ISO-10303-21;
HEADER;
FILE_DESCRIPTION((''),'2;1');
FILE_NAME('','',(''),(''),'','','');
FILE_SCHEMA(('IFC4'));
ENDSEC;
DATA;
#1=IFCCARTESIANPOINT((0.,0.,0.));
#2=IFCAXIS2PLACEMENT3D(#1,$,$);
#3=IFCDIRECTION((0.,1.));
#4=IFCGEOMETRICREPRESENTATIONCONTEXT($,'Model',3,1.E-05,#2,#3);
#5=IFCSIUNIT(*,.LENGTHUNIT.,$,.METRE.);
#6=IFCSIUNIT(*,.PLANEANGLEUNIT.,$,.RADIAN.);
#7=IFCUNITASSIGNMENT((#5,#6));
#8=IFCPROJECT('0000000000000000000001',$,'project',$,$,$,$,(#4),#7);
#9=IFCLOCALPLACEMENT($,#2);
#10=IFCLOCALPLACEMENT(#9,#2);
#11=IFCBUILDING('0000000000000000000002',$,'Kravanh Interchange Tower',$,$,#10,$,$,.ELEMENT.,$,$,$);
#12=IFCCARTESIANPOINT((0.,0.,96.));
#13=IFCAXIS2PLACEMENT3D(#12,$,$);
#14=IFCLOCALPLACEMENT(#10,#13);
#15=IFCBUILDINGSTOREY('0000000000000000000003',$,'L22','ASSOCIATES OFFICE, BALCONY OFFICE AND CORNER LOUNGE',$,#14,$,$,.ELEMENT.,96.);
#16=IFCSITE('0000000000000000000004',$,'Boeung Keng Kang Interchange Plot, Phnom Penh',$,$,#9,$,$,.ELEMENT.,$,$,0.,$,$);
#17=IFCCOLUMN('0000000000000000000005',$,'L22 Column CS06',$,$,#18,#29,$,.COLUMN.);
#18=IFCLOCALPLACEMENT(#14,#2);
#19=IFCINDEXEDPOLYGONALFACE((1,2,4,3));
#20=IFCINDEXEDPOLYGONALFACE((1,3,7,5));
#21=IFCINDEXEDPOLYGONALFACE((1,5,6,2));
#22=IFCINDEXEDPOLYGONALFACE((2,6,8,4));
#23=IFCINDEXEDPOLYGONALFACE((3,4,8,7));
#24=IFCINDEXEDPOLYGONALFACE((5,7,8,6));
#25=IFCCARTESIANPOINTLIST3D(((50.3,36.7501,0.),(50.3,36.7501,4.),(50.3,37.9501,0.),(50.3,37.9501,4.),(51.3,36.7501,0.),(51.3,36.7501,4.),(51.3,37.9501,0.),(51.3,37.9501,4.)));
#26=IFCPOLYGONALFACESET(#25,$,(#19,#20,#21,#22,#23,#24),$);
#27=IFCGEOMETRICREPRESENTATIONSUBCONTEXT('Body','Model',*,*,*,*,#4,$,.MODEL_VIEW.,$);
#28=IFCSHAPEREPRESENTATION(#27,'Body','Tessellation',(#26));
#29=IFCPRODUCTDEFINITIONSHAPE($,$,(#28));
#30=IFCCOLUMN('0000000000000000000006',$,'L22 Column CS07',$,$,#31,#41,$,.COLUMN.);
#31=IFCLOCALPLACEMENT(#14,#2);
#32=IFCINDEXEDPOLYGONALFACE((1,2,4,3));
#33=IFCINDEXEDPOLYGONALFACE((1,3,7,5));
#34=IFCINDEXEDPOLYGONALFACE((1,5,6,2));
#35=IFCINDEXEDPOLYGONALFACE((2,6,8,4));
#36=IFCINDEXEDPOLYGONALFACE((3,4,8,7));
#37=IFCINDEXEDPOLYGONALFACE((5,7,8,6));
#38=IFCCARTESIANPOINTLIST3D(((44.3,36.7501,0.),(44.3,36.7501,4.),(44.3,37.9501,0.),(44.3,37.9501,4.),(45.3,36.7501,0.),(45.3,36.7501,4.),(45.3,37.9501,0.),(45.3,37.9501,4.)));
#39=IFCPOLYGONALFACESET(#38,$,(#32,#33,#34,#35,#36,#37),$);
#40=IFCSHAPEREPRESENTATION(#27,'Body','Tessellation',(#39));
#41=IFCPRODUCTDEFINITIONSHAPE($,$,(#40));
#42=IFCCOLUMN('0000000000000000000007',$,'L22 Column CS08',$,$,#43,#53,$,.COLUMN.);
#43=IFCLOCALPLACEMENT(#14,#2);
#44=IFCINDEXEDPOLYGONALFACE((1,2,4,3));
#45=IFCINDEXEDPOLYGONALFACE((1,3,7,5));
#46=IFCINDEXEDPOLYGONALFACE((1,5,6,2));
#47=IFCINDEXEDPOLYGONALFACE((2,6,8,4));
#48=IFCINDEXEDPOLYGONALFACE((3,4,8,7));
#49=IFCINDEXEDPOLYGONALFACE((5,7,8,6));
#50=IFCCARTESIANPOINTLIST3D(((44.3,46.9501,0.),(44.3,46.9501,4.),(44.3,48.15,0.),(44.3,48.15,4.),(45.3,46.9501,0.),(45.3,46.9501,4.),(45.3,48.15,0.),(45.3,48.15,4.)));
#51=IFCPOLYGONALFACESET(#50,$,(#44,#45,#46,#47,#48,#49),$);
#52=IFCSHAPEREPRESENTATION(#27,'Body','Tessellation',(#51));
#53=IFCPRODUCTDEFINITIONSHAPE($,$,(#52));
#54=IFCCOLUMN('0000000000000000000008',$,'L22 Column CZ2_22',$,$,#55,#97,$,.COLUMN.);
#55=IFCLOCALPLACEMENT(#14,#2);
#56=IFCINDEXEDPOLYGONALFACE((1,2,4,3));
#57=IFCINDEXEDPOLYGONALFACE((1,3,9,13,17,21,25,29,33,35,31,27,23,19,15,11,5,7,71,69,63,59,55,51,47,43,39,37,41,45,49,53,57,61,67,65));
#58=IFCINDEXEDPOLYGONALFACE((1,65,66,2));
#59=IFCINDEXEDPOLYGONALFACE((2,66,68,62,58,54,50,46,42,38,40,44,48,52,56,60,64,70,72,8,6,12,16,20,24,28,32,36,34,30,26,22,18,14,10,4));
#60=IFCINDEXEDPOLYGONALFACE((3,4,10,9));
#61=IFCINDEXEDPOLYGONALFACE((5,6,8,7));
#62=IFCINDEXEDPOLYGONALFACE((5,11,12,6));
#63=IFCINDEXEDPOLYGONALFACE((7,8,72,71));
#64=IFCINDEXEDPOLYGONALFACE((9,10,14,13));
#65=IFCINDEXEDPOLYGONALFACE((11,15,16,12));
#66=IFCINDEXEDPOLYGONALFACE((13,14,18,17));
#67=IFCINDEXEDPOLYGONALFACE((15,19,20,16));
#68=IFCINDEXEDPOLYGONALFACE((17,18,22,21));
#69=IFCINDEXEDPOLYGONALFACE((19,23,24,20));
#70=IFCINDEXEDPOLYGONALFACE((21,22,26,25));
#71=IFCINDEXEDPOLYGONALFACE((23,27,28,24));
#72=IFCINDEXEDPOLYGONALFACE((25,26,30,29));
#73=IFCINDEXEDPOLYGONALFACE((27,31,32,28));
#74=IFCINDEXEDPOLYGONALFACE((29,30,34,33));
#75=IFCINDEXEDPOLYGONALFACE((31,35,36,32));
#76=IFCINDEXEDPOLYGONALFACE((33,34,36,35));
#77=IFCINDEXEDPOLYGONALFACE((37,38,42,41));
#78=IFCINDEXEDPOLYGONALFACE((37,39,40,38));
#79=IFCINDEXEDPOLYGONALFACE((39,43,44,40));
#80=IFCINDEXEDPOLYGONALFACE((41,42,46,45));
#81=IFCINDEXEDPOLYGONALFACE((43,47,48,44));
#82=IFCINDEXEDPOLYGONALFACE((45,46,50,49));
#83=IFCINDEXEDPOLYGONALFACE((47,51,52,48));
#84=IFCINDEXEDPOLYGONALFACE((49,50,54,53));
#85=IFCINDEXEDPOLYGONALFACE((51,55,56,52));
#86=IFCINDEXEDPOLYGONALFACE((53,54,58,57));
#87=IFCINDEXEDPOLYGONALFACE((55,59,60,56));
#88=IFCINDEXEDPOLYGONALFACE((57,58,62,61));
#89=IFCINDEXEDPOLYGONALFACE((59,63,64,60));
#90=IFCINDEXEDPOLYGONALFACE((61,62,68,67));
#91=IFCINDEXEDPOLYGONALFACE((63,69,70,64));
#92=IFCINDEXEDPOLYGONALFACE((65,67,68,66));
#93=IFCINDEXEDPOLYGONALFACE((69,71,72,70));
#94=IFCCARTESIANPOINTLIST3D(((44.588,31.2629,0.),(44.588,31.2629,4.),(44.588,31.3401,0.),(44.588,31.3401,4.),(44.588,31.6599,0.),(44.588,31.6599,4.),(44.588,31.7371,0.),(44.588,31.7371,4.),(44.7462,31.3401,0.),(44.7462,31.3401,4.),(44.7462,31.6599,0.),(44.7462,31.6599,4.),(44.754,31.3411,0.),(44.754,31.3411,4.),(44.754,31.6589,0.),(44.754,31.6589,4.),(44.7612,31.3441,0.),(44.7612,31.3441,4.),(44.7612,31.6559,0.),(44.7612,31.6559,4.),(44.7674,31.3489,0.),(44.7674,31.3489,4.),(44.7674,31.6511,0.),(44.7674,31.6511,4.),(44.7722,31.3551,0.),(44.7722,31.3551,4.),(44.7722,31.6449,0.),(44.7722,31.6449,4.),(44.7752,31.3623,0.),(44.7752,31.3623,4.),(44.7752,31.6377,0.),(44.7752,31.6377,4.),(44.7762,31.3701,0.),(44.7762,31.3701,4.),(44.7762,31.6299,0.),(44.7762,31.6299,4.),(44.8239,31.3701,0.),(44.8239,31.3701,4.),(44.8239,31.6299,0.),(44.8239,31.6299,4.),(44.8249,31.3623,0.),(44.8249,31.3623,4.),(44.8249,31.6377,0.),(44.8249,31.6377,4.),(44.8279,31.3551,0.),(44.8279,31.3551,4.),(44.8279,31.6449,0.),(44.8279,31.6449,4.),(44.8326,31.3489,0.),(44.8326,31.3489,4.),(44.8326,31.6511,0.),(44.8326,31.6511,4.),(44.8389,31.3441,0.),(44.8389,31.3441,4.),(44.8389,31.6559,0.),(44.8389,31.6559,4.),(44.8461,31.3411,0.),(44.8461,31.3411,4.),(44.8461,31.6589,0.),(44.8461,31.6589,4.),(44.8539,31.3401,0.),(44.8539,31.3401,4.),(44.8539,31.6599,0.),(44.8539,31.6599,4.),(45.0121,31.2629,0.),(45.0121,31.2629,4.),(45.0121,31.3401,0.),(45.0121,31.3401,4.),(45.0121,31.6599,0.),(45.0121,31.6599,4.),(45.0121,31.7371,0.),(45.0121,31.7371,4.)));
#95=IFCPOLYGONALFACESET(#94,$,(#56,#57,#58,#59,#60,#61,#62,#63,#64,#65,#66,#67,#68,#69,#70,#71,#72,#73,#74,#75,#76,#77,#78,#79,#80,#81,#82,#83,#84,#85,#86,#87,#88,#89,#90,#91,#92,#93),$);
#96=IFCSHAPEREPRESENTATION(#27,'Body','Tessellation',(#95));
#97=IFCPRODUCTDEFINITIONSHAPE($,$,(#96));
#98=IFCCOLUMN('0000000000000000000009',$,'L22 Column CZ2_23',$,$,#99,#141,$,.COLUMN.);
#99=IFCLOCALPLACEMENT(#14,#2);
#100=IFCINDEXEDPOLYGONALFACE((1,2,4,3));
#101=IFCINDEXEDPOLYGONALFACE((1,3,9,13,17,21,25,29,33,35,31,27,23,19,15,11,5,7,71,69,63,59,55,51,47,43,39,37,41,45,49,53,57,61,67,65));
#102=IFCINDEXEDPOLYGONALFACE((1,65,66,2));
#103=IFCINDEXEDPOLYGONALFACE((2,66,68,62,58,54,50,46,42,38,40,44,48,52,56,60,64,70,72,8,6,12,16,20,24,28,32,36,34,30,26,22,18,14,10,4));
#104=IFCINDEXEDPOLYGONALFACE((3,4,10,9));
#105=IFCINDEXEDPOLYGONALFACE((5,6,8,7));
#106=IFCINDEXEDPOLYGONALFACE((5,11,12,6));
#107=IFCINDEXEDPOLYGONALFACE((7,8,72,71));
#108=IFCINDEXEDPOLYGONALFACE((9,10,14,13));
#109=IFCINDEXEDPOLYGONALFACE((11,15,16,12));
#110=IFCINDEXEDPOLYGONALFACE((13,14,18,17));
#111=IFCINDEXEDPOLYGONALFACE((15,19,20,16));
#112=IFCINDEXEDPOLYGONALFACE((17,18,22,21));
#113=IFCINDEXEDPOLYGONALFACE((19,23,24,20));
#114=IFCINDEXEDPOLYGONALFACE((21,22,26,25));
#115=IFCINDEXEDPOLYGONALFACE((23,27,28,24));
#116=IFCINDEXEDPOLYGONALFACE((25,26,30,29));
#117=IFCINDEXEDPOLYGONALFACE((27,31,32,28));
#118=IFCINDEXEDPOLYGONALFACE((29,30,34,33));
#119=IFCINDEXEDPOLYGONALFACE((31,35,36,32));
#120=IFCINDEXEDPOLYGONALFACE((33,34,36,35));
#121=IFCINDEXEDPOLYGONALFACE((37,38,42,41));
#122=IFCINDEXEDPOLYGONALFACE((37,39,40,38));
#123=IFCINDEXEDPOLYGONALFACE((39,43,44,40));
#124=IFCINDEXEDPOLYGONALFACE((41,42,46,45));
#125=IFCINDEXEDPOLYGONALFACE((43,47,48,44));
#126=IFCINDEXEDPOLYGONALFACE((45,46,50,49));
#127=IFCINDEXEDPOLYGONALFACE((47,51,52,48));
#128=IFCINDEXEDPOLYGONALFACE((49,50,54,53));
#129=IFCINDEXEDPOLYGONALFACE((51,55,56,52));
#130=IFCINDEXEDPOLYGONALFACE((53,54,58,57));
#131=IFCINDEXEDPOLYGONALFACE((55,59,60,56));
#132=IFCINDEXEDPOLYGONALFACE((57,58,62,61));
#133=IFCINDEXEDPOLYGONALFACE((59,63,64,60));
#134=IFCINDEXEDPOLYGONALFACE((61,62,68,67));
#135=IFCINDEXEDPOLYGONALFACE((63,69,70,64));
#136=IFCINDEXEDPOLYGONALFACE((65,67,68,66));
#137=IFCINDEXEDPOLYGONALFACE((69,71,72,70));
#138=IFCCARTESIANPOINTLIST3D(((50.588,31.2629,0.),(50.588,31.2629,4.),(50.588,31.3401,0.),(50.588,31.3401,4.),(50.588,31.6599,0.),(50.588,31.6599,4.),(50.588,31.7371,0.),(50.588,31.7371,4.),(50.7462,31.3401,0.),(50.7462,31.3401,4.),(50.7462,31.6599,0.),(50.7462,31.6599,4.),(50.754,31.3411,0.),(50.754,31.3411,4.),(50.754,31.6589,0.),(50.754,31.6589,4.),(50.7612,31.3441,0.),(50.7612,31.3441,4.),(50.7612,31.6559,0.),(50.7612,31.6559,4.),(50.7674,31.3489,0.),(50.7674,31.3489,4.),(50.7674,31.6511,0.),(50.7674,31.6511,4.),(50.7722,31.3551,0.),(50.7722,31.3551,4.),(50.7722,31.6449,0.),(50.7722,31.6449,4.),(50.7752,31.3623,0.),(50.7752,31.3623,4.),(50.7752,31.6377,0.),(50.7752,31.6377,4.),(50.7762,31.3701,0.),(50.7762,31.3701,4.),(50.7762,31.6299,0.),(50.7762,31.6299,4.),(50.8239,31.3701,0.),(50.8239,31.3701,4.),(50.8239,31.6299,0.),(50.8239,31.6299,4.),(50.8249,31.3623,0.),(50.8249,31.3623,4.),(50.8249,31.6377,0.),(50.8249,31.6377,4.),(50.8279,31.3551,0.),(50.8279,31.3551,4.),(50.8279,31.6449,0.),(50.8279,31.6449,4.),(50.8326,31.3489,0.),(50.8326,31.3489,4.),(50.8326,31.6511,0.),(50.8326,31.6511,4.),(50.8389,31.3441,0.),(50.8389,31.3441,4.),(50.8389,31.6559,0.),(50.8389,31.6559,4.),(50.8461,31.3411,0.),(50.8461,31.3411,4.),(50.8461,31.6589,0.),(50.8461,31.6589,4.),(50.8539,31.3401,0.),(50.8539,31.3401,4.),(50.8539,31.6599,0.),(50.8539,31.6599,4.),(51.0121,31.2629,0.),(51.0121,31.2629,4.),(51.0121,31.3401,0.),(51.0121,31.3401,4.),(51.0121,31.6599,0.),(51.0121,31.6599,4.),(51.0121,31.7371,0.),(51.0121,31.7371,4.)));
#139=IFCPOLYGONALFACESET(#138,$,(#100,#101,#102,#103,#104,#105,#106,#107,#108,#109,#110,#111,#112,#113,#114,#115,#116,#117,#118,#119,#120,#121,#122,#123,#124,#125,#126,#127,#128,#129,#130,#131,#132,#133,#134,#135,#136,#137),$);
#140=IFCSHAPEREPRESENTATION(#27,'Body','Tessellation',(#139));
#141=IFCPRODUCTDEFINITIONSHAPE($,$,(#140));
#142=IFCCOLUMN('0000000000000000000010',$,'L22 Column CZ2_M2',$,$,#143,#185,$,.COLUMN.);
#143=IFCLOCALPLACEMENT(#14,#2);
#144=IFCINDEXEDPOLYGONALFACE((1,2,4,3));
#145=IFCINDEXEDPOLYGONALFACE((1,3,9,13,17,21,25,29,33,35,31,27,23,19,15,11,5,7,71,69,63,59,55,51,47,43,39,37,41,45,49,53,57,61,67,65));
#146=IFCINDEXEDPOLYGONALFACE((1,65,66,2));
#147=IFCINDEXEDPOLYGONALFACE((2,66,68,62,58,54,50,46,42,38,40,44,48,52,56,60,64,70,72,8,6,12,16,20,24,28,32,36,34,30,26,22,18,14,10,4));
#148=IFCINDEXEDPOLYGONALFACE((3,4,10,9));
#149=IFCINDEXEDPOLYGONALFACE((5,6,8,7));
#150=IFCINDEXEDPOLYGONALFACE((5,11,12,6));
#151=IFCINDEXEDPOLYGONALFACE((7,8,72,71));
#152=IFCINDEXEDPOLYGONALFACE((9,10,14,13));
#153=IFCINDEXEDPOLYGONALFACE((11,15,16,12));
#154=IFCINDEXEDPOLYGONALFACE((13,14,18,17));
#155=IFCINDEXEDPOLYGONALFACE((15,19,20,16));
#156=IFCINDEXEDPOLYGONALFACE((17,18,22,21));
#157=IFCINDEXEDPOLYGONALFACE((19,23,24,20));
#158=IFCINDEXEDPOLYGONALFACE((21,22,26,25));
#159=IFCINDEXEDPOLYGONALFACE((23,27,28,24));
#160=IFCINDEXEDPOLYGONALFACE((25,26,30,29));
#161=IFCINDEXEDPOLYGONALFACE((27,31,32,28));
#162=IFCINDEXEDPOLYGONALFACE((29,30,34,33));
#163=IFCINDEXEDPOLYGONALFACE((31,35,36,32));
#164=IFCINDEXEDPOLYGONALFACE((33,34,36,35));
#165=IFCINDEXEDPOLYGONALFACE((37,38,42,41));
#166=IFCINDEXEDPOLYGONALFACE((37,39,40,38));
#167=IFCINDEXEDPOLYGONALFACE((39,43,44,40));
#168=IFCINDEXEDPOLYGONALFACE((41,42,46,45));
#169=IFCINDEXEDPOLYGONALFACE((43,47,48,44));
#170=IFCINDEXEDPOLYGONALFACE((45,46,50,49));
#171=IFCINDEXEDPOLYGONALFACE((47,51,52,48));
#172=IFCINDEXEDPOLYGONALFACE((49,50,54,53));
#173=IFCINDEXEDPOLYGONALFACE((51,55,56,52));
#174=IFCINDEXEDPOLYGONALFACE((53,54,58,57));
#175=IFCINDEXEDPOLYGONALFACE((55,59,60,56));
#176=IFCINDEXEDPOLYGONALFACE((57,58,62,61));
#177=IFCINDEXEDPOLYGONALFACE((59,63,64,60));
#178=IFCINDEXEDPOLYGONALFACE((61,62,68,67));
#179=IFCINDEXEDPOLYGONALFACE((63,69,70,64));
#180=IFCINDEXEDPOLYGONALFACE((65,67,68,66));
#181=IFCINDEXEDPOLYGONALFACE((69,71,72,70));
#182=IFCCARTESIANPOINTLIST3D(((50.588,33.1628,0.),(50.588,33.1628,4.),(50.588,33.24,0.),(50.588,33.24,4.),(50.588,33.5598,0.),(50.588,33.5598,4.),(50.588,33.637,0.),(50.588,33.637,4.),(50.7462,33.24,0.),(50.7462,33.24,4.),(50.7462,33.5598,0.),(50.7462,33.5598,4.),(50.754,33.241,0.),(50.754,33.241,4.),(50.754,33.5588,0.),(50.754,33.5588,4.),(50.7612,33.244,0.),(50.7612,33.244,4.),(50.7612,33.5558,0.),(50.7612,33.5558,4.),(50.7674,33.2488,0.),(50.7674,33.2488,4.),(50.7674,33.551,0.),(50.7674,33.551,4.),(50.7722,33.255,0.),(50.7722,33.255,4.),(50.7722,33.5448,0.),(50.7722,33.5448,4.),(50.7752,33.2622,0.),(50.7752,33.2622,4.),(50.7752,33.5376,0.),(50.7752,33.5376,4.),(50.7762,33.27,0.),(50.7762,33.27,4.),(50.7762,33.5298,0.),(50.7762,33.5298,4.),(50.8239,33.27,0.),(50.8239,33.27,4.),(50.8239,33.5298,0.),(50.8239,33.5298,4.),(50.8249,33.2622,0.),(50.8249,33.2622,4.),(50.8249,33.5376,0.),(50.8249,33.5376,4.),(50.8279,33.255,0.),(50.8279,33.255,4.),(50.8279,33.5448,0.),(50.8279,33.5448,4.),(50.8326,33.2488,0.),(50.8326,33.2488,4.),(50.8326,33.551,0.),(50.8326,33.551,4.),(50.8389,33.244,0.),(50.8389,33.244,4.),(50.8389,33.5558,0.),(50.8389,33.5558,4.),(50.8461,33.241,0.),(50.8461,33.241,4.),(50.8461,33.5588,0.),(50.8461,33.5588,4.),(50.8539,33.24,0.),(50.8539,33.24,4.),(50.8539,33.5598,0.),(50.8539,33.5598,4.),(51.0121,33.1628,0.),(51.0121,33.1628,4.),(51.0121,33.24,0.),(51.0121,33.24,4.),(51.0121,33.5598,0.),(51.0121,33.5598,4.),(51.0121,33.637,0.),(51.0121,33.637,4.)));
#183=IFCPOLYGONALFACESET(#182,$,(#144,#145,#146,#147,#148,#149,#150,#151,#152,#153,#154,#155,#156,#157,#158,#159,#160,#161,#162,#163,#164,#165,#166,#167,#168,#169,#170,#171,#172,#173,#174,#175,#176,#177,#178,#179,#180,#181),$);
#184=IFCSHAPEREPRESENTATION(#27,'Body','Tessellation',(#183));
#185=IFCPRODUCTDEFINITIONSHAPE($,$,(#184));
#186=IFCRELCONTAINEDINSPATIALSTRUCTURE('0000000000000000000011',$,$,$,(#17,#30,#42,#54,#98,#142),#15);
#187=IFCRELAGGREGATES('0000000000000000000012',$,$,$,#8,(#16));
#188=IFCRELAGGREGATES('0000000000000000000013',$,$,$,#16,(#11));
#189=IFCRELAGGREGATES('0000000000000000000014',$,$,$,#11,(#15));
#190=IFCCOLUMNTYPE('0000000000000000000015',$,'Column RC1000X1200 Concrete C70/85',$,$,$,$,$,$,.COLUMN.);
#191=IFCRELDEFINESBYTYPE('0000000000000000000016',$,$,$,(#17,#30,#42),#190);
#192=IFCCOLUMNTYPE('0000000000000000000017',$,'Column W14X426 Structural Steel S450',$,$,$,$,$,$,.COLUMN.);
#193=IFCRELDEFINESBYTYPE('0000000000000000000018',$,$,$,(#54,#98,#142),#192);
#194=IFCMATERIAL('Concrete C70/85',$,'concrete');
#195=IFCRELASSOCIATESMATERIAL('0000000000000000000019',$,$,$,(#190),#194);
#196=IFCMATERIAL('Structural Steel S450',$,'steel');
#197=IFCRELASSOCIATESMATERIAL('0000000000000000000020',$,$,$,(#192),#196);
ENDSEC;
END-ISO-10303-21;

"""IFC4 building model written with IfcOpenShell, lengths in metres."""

from ifc_helpers import new_model, si_unit, direction, frame, origin, origin_2d, place, context, subcontext, project, spatial, rectangle, i_section, extrude, material, material_profile, profile_set, type_object, element, save


model = new_model("IFC4")

# Units and contexts
model_context = context("Model", 3, precision=1e-05, world=origin(), true_north=direction((0.0, 1.0)))
body_context = subcontext(model_context, "Body", "Model", "MODEL_VIEW")
ifc_project = project(units=[si_unit("LENGTHUNIT", "METRE"), si_unit("PLANEANGLEUNIT", "RADIAN")], contexts=[model_context])

# Site, building, storey
site_placement = place(None, origin())
site = spatial("IfcSite", under=ifc_project, at=site_placement, Name="Boeung Keng Kang Interchange Plot, Phnom Penh", CompositionType="ELEMENT", RefElevation=0.0)
building_placement = place(site_placement, origin())
building = spatial("IfcBuilding", under=site, at=building_placement, Name="Kravanh Interchange Tower", CompositionType="ELEMENT")
storey_placement = place(building_placement, frame((0.0, 0.0, 96.0)))
storey = spatial("IfcBuildingStorey", under=building, at=storey_placement, Name="L22", Description="ASSOCIATES OFFICE, BALCONY OFFICE AND CORNER LOUNGE", CompositionType="ELEMENT", Elevation=96.0)

# Columns
ifc_material_1 = material(Name="Concrete C70/85", Category="concrete")
ifc_material_profile_1 = material_profile(ifc_material_1, rectangle(XDim=1.0, YDim=1.2, at=origin_2d()), Name="RC1000X1200")
ifc_profile_set_1 = profile_set([ifc_material_profile_1], Name="Concrete C70/85")
column_type_1 = type_object("IfcColumnType", Name="Column RC1000X1200 Concrete C70/85", PredefinedType="COLUMN", material=ifc_profile_set_1)
for number, where, z_axis, x_axis, name in (
    (1, (50.8, 37.3501, 0.0), (0.0, 0.0, 1.0), (1.0, 0.0, 0.0), "L22 Column CS06"),
    (2, (44.8, 37.3501, 0.0), (0.0, 0.0, 1.0), (1.0, 0.0, 0.0), "L22 Column CS07"),
    (3, (44.8, 47.55, 0.0), (0.0, 0.0, 1.0), (1.0, 0.0, 0.0), "L22 Column CS08"),
):
    element("IfcColumn", number, at=place(storey_placement, frame(where, z_axis=z_axis, x_axis=x_axis)), inside=storey, type_object=column_type_1, Name=name, PredefinedType="COLUMN", context=body_context, shape_type="SweptSolid", body=[
        extrude(rectangle(XDim=1.0, YDim=1.2, at=origin_2d()), origin(), (0.0, 0.0, 1.0), 4.0),
    ])
ifc_material_2 = material(Name="Structural Steel S450", Category="steel")
ifc_material_profile_2 = material_profile(ifc_material_2, i_section(OverallWidth=0.4241, OverallDepth=0.4741, WebThickness=0.0476, FlangeThickness=0.0771, FilletRadius=0.03, at=origin_2d()), Name="W14X426")
ifc_profile_set_2 = profile_set([ifc_material_profile_2], Name="Structural Steel S450")
column_type_2 = type_object("IfcColumnType", Name="Column W14X426 Structural Steel S450", PredefinedType="COLUMN", material=ifc_profile_set_2)
for number, where, z_axis, x_axis, name in (
    (4, (44.8, 31.5, 0.0), (0.0, 0.0, 1.0), (1.0, 0.0, 0.0), "L22 Column CZ2_22"),
    (5, (50.8, 31.5, 0.0), (0.0, 0.0, 1.0), (1.0, 0.0, 0.0), "L22 Column CZ2_23"),
    (6, (50.8, 33.3999, 0.0), (0.0, 0.0, 1.0), (1.0, 0.0, 0.0), "L22 Column CZ2_M2"),
):
    element("IfcColumn", number, at=place(storey_placement, frame(where, z_axis=z_axis, x_axis=x_axis)), inside=storey, type_object=column_type_2, Name=name, PredefinedType="COLUMN", context=body_context, shape_type="SweptSolid", body=[
        extrude(i_section(OverallWidth=0.4241, OverallDepth=0.4741, WebThickness=0.0476, FlangeThickness=0.0771, FilletRadius=0.03, at=origin_2d()), origin(), (0.0, 0.0, 1.0), 4.0),
    ])

save(model, "model.ifc")
